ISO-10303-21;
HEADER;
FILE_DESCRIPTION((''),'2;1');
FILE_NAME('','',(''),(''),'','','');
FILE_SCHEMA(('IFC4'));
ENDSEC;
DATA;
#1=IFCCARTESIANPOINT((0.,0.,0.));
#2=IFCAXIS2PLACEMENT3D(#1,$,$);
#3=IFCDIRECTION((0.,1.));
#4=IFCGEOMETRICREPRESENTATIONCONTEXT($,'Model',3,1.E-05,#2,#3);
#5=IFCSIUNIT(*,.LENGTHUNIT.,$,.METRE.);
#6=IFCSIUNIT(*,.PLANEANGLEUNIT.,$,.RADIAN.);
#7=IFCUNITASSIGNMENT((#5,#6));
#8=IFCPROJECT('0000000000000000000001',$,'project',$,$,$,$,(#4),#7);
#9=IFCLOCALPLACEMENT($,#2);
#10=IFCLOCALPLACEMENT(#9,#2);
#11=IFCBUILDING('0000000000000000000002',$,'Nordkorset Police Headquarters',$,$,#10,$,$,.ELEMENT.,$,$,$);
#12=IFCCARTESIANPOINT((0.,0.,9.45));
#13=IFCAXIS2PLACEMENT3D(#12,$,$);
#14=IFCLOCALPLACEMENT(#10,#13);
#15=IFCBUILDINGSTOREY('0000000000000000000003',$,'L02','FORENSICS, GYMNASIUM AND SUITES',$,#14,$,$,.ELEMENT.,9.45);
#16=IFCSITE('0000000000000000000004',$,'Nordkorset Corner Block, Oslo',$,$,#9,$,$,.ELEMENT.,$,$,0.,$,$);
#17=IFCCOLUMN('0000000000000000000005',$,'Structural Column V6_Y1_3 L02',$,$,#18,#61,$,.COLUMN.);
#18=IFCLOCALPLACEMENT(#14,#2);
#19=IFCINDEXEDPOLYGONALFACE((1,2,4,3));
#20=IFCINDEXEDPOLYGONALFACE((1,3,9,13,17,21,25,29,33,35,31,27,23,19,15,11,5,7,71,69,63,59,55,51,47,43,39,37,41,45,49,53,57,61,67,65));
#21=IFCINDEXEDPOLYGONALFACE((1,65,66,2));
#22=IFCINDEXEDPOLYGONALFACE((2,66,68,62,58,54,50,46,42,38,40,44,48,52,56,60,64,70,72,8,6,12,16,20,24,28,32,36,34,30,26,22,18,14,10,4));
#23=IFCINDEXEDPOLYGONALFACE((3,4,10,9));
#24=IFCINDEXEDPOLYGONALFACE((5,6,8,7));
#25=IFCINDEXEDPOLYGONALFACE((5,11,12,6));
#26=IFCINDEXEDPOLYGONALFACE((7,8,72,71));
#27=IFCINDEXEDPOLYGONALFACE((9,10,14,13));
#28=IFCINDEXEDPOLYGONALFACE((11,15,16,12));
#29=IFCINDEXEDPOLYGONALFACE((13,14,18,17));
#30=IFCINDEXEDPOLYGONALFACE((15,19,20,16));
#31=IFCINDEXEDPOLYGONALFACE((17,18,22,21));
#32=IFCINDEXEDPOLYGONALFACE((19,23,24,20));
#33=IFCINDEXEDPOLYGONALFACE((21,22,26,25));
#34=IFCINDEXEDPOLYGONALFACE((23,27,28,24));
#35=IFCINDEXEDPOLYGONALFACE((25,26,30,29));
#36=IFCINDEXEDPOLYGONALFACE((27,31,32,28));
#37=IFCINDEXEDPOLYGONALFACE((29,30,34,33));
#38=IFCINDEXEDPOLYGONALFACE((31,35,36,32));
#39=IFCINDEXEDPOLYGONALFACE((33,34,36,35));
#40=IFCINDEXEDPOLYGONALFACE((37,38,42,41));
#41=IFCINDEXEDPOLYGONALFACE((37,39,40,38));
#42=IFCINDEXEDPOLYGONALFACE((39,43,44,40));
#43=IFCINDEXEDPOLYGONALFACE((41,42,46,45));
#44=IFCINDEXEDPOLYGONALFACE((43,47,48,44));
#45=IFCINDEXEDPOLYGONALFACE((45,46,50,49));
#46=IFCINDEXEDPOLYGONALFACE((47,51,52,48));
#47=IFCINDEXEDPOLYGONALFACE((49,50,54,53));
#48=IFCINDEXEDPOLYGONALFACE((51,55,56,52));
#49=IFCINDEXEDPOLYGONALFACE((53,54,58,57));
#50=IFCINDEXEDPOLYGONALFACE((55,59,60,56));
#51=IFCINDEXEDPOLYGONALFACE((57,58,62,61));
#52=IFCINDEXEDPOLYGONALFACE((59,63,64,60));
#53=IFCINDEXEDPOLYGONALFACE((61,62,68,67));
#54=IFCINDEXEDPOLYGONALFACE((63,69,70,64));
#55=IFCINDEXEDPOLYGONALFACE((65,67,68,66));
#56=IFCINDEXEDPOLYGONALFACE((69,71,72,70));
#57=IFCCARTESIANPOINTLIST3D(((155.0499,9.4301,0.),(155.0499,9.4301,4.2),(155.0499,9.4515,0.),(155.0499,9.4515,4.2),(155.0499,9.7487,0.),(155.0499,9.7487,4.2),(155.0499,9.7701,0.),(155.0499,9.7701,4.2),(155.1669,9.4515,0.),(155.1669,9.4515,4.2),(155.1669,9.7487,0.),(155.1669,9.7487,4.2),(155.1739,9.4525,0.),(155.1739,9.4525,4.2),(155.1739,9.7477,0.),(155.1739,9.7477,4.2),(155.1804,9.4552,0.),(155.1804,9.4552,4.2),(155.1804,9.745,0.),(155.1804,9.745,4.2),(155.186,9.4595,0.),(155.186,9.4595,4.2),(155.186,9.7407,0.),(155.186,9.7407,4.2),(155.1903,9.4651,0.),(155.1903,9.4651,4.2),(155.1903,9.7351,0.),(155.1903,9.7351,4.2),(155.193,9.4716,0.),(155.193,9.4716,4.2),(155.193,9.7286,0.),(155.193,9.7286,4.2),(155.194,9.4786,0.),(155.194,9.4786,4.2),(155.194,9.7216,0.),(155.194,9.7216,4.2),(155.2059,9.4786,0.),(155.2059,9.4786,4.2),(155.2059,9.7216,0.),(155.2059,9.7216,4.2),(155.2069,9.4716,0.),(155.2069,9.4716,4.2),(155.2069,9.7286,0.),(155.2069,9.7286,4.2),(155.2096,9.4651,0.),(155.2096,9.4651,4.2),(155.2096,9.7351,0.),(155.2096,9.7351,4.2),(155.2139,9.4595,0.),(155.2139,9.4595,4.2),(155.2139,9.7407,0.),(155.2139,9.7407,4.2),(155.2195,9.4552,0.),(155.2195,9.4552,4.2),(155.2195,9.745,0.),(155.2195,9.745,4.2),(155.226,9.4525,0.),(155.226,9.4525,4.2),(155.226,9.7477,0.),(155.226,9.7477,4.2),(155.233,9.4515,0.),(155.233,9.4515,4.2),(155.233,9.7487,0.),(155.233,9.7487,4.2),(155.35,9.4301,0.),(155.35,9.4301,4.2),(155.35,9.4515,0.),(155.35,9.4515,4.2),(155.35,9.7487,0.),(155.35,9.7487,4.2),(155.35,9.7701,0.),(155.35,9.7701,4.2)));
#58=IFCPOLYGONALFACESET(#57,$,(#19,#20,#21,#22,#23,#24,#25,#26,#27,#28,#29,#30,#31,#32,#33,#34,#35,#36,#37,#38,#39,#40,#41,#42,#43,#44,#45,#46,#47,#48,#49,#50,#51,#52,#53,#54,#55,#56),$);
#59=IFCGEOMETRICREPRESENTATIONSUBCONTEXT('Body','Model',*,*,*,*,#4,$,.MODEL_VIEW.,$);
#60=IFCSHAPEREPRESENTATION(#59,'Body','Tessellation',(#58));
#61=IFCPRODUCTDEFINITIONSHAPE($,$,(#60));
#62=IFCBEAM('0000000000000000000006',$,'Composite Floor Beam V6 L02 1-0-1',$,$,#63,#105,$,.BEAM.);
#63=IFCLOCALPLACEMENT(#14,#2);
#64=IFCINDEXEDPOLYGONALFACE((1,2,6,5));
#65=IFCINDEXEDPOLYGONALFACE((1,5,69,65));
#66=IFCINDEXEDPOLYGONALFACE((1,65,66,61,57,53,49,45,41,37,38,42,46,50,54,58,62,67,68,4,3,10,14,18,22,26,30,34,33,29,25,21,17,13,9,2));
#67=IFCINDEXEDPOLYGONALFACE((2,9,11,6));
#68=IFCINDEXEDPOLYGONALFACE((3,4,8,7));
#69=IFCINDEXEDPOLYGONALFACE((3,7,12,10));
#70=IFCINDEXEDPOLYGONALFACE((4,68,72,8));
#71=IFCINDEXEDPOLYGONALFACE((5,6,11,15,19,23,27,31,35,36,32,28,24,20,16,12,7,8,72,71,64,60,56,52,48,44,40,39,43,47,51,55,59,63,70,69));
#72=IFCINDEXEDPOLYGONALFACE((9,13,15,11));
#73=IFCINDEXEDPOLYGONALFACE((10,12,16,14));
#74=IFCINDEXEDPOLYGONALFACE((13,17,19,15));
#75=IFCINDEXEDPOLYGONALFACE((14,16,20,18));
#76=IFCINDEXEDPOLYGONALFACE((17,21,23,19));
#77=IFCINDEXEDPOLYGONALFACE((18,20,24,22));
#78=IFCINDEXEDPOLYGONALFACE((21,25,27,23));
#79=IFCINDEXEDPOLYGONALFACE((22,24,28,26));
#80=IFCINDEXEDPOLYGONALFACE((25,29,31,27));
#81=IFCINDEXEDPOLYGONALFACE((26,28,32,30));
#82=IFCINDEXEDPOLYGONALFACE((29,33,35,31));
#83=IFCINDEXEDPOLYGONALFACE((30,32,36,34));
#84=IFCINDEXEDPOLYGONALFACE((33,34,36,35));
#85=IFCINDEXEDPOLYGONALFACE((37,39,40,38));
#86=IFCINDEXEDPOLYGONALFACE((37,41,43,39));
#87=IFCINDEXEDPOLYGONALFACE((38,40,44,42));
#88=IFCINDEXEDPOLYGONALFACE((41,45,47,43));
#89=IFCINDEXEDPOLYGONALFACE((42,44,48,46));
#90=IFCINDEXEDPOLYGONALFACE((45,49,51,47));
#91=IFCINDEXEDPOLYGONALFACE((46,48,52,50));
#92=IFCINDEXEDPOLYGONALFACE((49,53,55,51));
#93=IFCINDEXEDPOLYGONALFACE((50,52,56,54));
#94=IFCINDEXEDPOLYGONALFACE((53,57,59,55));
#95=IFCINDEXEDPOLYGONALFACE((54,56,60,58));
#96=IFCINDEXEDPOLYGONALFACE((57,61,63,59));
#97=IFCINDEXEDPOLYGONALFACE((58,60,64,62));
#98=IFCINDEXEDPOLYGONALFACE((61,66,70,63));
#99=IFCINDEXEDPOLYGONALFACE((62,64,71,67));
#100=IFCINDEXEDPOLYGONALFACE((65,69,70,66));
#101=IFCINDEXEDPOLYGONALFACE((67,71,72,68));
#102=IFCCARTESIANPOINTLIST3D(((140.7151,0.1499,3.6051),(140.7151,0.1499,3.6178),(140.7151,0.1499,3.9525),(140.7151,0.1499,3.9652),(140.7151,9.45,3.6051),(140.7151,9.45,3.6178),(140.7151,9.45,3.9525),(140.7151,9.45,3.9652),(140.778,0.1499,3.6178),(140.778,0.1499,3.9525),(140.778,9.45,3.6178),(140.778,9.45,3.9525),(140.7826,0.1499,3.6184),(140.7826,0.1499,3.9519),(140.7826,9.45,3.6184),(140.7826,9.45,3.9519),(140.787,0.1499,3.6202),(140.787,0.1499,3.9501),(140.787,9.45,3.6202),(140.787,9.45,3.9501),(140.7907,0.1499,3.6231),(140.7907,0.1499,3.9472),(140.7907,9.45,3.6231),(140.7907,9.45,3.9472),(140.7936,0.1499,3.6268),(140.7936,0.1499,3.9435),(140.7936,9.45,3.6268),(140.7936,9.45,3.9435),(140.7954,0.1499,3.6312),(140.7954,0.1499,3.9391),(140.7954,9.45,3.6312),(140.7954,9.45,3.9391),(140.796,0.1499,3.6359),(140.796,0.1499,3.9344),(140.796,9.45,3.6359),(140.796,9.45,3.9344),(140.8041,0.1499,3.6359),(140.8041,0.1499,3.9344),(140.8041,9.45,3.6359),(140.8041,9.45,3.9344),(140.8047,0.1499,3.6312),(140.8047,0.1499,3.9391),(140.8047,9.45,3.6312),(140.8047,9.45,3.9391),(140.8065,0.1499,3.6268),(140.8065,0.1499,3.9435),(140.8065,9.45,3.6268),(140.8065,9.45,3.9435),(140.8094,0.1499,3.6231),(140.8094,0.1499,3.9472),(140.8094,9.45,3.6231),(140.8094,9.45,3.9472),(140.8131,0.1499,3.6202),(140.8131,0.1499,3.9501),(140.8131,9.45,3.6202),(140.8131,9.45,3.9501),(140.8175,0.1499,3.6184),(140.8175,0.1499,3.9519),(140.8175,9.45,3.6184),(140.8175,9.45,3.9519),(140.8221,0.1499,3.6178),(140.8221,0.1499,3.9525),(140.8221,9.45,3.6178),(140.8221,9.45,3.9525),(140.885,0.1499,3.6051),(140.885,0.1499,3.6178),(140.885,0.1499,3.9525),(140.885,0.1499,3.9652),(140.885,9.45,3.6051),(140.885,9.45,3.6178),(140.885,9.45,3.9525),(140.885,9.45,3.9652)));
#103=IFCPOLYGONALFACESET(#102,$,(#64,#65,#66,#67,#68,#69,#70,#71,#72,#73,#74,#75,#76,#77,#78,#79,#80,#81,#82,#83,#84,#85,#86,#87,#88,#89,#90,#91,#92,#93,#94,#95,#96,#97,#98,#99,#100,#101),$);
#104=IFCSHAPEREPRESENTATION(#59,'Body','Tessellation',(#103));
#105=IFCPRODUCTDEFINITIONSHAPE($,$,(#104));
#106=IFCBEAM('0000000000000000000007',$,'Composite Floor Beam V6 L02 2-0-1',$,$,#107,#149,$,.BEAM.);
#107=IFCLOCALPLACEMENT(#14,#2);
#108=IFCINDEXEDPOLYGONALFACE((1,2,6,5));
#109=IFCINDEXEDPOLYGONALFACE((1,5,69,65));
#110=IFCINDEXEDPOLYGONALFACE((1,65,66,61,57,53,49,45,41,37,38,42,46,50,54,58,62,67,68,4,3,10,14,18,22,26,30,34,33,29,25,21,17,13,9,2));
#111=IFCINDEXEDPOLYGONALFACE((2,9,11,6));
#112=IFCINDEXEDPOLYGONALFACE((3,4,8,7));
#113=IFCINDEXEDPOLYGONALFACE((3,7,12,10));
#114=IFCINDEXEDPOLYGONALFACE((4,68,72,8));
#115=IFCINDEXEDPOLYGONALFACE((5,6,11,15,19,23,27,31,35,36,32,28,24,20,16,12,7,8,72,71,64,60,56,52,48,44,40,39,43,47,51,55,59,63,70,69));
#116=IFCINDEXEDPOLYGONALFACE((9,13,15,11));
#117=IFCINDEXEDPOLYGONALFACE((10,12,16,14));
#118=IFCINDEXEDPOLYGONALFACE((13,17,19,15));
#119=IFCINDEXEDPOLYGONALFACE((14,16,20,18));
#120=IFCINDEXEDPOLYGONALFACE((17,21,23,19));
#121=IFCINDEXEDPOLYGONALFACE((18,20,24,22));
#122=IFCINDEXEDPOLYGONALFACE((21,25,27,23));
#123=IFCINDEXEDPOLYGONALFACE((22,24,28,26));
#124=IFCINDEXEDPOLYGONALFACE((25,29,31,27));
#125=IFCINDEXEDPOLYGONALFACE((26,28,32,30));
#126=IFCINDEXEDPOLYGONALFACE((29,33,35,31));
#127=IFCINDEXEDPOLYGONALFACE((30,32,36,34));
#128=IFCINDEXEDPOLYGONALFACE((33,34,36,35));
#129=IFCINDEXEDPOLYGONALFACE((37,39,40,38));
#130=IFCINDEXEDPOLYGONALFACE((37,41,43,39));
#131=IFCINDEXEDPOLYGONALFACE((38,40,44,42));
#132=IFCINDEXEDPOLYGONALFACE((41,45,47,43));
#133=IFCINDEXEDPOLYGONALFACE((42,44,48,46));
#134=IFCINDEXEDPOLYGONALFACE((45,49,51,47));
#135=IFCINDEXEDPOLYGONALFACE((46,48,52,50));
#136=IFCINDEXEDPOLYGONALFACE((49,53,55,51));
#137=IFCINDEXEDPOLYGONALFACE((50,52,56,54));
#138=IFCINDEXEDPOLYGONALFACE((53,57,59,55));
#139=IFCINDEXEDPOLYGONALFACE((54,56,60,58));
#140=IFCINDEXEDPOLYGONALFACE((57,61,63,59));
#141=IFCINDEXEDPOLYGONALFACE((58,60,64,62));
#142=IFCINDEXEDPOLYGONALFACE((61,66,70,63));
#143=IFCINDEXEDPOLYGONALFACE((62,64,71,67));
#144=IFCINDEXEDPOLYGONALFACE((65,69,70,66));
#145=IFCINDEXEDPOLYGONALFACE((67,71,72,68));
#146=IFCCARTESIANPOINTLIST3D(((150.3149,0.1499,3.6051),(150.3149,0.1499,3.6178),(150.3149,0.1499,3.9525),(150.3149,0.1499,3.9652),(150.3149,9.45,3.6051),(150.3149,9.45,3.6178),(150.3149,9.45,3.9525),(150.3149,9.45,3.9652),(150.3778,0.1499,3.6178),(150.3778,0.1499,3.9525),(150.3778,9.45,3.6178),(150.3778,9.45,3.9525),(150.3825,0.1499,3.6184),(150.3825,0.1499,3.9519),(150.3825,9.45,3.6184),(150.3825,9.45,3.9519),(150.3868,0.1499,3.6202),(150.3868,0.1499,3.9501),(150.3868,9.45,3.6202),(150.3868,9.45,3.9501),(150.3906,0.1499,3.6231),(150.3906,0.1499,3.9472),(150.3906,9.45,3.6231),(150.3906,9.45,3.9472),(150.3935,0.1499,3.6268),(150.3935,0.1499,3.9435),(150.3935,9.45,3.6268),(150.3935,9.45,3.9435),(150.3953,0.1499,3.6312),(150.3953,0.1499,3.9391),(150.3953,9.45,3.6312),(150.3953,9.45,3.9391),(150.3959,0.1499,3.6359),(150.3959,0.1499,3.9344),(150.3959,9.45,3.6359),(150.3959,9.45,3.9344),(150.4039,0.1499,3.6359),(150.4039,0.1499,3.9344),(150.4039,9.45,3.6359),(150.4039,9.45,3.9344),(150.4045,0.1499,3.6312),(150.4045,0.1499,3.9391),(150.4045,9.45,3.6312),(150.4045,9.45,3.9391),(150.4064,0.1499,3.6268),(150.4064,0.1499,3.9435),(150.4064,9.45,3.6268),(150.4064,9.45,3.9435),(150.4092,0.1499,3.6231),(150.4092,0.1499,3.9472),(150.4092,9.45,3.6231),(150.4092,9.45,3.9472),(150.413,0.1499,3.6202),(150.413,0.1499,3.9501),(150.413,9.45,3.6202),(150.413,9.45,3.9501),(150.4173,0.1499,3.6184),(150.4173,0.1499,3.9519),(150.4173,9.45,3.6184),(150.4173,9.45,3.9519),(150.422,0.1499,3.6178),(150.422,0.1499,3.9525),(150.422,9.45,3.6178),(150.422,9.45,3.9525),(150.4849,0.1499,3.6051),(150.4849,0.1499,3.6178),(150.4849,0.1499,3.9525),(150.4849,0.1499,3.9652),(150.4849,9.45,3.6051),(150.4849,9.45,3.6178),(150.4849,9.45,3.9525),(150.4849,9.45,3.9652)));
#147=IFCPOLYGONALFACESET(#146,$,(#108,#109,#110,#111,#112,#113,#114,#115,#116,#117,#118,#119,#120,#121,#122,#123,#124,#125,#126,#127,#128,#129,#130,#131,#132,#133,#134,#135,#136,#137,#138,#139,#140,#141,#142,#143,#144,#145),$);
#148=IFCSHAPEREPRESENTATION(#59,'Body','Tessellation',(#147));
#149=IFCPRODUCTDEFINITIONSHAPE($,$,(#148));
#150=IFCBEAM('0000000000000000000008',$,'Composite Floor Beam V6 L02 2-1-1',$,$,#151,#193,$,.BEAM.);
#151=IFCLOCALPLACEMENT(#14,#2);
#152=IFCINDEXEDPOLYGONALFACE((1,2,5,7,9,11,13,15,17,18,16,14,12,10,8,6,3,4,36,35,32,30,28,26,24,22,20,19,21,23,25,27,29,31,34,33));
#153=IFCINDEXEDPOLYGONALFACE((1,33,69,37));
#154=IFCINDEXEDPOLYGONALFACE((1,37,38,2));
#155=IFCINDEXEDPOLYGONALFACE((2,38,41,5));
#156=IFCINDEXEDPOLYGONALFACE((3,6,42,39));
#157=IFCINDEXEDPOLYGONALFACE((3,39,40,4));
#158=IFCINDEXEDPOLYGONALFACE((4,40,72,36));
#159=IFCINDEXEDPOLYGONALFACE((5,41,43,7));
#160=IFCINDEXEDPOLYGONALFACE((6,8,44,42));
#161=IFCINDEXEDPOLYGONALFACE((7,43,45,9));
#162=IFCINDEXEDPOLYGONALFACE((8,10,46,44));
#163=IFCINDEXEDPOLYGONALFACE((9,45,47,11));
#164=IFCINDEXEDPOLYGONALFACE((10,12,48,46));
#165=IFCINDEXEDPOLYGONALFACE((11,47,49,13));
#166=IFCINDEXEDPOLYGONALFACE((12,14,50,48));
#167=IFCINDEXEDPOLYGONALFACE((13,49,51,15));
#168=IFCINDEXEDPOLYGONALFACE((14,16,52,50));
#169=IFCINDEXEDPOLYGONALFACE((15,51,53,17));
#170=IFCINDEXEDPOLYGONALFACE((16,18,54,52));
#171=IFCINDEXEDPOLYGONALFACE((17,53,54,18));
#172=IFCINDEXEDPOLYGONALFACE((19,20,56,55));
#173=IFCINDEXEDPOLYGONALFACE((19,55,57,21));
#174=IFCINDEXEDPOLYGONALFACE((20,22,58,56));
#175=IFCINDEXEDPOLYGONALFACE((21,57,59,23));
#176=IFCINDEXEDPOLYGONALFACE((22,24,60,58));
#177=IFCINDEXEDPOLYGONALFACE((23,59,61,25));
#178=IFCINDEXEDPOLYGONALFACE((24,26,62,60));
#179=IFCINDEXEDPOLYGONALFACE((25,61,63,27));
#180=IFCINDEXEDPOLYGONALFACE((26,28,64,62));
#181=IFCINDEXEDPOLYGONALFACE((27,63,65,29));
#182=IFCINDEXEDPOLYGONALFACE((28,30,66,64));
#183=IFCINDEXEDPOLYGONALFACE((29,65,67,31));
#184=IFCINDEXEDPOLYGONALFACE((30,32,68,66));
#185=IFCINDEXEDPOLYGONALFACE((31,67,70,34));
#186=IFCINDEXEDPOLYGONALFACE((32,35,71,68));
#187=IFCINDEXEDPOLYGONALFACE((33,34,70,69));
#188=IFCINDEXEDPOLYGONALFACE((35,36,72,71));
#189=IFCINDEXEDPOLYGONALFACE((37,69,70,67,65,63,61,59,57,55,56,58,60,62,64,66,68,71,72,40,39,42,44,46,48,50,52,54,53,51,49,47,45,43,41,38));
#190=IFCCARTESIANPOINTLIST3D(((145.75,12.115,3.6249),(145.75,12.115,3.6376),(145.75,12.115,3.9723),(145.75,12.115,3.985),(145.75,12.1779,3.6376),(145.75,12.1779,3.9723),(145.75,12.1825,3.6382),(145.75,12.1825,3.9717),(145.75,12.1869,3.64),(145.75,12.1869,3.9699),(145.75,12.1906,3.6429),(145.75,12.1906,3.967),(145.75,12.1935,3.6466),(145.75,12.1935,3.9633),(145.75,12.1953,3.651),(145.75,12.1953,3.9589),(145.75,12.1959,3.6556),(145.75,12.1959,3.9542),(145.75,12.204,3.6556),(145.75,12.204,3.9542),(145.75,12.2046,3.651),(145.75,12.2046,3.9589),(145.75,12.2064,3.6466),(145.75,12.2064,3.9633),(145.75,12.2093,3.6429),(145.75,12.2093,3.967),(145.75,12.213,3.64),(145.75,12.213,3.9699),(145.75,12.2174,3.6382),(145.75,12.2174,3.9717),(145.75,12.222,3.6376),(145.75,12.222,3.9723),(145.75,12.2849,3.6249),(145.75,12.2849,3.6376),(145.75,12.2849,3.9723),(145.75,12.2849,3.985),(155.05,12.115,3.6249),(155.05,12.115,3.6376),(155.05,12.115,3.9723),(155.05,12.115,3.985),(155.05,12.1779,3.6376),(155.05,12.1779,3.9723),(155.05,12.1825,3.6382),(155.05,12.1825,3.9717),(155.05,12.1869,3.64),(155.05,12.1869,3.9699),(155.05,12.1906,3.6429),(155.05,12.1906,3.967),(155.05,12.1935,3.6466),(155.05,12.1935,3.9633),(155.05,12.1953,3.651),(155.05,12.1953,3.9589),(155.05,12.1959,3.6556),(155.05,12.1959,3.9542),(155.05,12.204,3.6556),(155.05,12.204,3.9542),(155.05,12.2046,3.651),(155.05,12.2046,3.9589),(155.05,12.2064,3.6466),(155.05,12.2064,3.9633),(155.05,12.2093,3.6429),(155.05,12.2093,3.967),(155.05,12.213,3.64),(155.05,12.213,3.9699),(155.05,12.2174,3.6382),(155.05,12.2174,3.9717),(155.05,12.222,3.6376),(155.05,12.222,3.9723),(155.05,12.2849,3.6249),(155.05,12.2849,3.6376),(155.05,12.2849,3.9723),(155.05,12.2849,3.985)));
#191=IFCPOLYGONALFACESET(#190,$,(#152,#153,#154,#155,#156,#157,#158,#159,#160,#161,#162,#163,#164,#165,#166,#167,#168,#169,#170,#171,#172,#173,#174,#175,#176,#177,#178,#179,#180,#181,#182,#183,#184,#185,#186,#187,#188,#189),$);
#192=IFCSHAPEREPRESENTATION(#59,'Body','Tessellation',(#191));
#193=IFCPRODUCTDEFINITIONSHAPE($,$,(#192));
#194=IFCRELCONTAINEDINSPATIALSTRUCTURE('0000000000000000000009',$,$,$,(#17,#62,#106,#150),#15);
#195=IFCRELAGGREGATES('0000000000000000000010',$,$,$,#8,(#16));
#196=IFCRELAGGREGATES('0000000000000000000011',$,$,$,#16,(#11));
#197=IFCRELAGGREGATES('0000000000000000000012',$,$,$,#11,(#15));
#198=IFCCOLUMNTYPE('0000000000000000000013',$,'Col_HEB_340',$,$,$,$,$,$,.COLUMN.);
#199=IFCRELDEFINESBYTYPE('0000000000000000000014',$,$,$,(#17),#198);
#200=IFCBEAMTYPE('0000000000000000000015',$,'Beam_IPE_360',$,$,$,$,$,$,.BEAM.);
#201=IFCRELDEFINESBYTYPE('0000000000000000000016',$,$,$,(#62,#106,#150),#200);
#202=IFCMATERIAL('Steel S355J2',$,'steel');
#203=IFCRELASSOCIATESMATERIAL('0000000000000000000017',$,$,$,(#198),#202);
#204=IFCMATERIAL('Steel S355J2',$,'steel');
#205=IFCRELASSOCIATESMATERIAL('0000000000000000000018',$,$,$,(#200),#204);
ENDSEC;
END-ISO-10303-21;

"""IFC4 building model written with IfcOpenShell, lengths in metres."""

from ifc_helpers import new_model, si_unit, direction, frame, origin, origin_2d, place, context, subcontext, project, spatial, i_section, extrude, material, material_profile, profile_set, type_object, element, save


model = new_model("IFC4")

# Units and contexts
model_context = context("Model", 3, precision=1e-05, world=origin(), true_north=direction((0.0, 1.0)))
body_context = subcontext(model_context, "Body", "Model", "MODEL_VIEW")
ifc_project = project(units=[si_unit("LENGTHUNIT", "METRE"), si_unit("PLANEANGLEUNIT", "RADIAN")], contexts=[model_context])

# Site, building, storey
site_placement = place(None, origin())
site = spatial("IfcSite", under=ifc_project, at=site_placement, Name="Nordkorset Corner Block, Oslo", CompositionType="ELEMENT", RefElevation=0.0)
building_placement = place(site_placement, origin())
building = spatial("IfcBuilding", under=site, at=building_placement, Name="Nordkorset Police Headquarters", CompositionType="ELEMENT")
storey_placement = place(building_placement, frame((0.0, 0.0, 9.45)))
storey = spatial("IfcBuildingStorey", under=building, at=storey_placement, Name="L02", Description="FORENSICS, GYMNASIUM AND SUITES", CompositionType="ELEMENT", Elevation=9.45)

# Column
ifc_material_1 = material(Name="Steel S355J2", Category="steel")
ifc_material_profile_1 = material_profile(ifc_material_1, i_section(OverallWidth=0.3, OverallDepth=0.3401, WebThickness=0.012, FlangeThickness=0.0215, FilletRadius=0.0271, at=origin_2d()), Name="HEB 340")
ifc_profile_set_1 = profile_set([ifc_material_profile_1], Name="Steel S355J2")
column_type = type_object("IfcColumnType", Name="Col_HEB_340", PredefinedType="COLUMN", material=ifc_profile_set_1)
for number, where, z_axis, x_axis, name in (
    (1, (155.2, 9.6001, 0.0), (0.0, 0.0, 1.0), (1.0, 0.0, 0.0), "Structural Column V6_Y1_3 L02"),
):
    element("IfcColumn", number, at=place(storey_placement, frame(where, z_axis=z_axis, x_axis=x_axis)), inside=storey, type_object=column_type, Name=name, PredefinedType="COLUMN", context=body_context, shape_type="SweptSolid", body=[
        extrude(i_section(OverallWidth=0.3, OverallDepth=0.3401, WebThickness=0.012, FlangeThickness=0.0215, FilletRadius=0.0271, at=origin_2d()), origin(), (0.0, 0.0, 1.0), 4.2),
    ])

# Beams
ifc_material_2 = material(Name="Steel S355J2", Category="steel")
ifc_material_profile_2 = material_profile(ifc_material_2, i_section(OverallWidth=0.1699, OverallDepth=0.3601, WebThickness=0.0081, FlangeThickness=0.0127, FilletRadius=0.0181, at=origin_2d()), Name="IPE 360")
ifc_profile_set_2 = profile_set([ifc_material_profile_2], Name="Steel S355J2")
beam_type_1 = type_object("IfcBeamType", Name="Beam_IPE_360", PredefinedType="BEAM", material=ifc_profile_set_2)
for number, where, z_axis, x_axis, name in (
    (2, (140.8, 0.1499, 3.7852), (0.0, 1.0, 0.0), (-1.0, 0.0, 0.0), "Composite Floor Beam V6 L02 1-0-1"),
    (3, (150.3999, 0.1499, 3.7852), (0.0, 1.0, 0.0), (-1.0, 0.0, 0.0), "Composite Floor Beam V6 L02 2-0-1"),
    (4, (145.75, 12.2, 3.8049), (1.0, 0.0, 0.0), (0.0, 1.0, 0.0), "Composite Floor Beam V6 L02 2-1-1"),
):
    element("IfcBeam", number, at=place(storey_placement, frame(where, z_axis=z_axis, x_axis=x_axis)), inside=storey, type_object=beam_type_1, Name=name, PredefinedType="BEAM", context=body_context, shape_type="SweptSolid", body=[
        extrude(i_section(OverallWidth=0.1699, OverallDepth=0.3601, WebThickness=0.0081, FlangeThickness=0.0127, FilletRadius=0.0181, at=origin_2d()), origin(), (0.0, 0.0, 1.0), 9.3),
    ])

save(model, "model.ifc")
